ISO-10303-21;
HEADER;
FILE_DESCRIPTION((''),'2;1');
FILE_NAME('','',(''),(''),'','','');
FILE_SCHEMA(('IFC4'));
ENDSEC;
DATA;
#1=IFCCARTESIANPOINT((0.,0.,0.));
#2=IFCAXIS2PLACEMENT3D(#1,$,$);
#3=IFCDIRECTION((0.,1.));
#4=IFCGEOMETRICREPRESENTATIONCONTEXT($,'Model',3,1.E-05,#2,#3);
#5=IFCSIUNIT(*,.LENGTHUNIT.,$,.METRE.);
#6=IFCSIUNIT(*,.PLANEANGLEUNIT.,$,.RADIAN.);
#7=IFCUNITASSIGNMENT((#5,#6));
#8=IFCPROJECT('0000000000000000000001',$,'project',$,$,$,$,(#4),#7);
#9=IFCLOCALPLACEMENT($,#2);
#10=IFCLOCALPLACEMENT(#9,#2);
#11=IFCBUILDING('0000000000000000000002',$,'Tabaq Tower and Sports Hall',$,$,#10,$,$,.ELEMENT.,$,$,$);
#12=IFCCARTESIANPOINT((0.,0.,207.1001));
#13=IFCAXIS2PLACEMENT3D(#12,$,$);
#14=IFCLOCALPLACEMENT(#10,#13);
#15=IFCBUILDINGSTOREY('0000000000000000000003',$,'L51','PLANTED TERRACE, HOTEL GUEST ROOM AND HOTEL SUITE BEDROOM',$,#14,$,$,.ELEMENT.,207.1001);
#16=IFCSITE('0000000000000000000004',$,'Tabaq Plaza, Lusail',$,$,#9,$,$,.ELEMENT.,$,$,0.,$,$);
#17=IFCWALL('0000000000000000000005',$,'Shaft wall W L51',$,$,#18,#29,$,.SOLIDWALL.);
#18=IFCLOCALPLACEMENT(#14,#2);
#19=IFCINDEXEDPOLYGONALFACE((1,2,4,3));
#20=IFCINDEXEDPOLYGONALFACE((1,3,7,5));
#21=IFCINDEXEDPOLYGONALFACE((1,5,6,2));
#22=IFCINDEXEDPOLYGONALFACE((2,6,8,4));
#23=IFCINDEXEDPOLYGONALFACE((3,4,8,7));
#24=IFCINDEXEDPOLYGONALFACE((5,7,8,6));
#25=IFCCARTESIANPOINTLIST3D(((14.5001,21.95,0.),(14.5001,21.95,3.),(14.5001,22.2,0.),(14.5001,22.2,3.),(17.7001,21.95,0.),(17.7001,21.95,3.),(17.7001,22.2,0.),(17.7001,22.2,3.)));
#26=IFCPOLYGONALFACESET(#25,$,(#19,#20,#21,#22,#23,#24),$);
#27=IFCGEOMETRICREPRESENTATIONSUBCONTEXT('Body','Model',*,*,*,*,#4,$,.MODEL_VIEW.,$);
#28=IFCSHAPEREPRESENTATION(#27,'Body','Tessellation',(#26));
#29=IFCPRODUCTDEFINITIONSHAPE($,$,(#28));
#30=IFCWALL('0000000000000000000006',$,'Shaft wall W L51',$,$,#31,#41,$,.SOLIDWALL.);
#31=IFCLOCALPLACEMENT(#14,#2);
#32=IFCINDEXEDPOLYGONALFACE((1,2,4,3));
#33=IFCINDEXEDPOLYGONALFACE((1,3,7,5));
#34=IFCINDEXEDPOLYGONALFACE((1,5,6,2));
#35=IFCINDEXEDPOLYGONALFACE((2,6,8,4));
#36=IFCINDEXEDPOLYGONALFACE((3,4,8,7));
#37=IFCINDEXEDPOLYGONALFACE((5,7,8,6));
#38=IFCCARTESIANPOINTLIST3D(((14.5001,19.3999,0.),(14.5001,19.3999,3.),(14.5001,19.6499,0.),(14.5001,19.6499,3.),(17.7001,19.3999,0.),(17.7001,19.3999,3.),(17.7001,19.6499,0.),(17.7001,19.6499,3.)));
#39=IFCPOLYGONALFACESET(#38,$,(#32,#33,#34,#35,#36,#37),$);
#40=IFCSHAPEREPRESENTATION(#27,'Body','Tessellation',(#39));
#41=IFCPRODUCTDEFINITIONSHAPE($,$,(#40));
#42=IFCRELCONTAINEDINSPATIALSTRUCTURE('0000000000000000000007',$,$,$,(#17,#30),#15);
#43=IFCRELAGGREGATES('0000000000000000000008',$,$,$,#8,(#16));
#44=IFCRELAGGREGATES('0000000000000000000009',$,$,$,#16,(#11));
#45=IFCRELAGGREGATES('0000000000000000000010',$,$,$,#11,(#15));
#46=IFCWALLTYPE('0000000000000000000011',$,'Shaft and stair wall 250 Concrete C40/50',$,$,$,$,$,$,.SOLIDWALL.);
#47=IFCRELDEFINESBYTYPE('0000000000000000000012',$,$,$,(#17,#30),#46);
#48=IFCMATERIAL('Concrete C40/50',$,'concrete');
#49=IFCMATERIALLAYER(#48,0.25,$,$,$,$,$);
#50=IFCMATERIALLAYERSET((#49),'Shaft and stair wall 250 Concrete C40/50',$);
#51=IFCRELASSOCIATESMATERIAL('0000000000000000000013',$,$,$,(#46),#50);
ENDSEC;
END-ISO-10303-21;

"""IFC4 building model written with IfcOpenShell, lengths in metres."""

from ifc_helpers import new_model, si_unit, direction, frame, frame_2d, origin, place, context, subcontext, project, spatial, rectangle, extrude, material, layer, layer_set, type_object, element, save


model = new_model("IFC4")

# Units and contexts
model_context = context("Model", 3, precision=1e-05, world=origin(), true_north=direction((0.0, 1.0)))
body_context = subcontext(model_context, "Body", "Model", "MODEL_VIEW")
ifc_project = project(units=[si_unit("LENGTHUNIT", "METRE"), si_unit("PLANEANGLEUNIT", "RADIAN")], contexts=[model_context])

# Site, building, storey
site_placement = place(None, origin())
site = spatial("IfcSite", under=ifc_project, at=site_placement, Name="Tabaq Plaza, Lusail", CompositionType="ELEMENT", RefElevation=0.0)
building_placement = place(site_placement, origin())
building = spatial("IfcBuilding", under=site, at=building_placement, Name="Tabaq Tower and Sports Hall", CompositionType="ELEMENT")
storey_placement = place(building_placement, frame((0.0, 0.0, 207.1001)))
storey = spatial("IfcBuildingStorey", under=building, at=storey_placement, Name="L51", Description="PLANTED TERRACE, HOTEL GUEST ROOM AND HOTEL SUITE BEDROOM", CompositionType="ELEMENT", Elevation=207.1001)

# Shared definitions
ifc_material_1 = material(Name="Concrete C40/50", Category="concrete")
ifc_layer_1 = layer(ifc_material_1, 0.25)
ifc_layer_set_1 = layer_set([ifc_layer_1], Name="Shaft and stair wall 250 Concrete C40/50")
wall_type_1 = type_object("IfcWallType", Name="Shaft and stair wall 250 Concrete C40/50", PredefinedType="SOLIDWALL", material=ifc_layer_set_1)

# Walls
for number, where, z_axis, x_axis, name in (
    (1, (14.5, 22.075, 0.0), (0.0, 0.0, 1.0), (1.0, 0.0, 0.0), "Shaft wall W L51"),
    (2, (14.5, 19.5249, 0.0), (0.0, 0.0, 1.0), (1.0, 0.0, 0.0), "Shaft wall W L51"),
):
    element("IfcWall", number, at=place(storey_placement, frame(where, z_axis=z_axis, x_axis=x_axis)), inside=storey, type_object=wall_type_1, Name=name, PredefinedType="SOLIDWALL", context=body_context, shape_type="SweptSolid", body=[
        extrude(rectangle(XDim=3.2, YDim=0.25, at=frame_2d((1.6001, 0.0))), origin(), (0.0, 0.0, 1.0), 3.0),
    ])

save(model, "model.ifc")
